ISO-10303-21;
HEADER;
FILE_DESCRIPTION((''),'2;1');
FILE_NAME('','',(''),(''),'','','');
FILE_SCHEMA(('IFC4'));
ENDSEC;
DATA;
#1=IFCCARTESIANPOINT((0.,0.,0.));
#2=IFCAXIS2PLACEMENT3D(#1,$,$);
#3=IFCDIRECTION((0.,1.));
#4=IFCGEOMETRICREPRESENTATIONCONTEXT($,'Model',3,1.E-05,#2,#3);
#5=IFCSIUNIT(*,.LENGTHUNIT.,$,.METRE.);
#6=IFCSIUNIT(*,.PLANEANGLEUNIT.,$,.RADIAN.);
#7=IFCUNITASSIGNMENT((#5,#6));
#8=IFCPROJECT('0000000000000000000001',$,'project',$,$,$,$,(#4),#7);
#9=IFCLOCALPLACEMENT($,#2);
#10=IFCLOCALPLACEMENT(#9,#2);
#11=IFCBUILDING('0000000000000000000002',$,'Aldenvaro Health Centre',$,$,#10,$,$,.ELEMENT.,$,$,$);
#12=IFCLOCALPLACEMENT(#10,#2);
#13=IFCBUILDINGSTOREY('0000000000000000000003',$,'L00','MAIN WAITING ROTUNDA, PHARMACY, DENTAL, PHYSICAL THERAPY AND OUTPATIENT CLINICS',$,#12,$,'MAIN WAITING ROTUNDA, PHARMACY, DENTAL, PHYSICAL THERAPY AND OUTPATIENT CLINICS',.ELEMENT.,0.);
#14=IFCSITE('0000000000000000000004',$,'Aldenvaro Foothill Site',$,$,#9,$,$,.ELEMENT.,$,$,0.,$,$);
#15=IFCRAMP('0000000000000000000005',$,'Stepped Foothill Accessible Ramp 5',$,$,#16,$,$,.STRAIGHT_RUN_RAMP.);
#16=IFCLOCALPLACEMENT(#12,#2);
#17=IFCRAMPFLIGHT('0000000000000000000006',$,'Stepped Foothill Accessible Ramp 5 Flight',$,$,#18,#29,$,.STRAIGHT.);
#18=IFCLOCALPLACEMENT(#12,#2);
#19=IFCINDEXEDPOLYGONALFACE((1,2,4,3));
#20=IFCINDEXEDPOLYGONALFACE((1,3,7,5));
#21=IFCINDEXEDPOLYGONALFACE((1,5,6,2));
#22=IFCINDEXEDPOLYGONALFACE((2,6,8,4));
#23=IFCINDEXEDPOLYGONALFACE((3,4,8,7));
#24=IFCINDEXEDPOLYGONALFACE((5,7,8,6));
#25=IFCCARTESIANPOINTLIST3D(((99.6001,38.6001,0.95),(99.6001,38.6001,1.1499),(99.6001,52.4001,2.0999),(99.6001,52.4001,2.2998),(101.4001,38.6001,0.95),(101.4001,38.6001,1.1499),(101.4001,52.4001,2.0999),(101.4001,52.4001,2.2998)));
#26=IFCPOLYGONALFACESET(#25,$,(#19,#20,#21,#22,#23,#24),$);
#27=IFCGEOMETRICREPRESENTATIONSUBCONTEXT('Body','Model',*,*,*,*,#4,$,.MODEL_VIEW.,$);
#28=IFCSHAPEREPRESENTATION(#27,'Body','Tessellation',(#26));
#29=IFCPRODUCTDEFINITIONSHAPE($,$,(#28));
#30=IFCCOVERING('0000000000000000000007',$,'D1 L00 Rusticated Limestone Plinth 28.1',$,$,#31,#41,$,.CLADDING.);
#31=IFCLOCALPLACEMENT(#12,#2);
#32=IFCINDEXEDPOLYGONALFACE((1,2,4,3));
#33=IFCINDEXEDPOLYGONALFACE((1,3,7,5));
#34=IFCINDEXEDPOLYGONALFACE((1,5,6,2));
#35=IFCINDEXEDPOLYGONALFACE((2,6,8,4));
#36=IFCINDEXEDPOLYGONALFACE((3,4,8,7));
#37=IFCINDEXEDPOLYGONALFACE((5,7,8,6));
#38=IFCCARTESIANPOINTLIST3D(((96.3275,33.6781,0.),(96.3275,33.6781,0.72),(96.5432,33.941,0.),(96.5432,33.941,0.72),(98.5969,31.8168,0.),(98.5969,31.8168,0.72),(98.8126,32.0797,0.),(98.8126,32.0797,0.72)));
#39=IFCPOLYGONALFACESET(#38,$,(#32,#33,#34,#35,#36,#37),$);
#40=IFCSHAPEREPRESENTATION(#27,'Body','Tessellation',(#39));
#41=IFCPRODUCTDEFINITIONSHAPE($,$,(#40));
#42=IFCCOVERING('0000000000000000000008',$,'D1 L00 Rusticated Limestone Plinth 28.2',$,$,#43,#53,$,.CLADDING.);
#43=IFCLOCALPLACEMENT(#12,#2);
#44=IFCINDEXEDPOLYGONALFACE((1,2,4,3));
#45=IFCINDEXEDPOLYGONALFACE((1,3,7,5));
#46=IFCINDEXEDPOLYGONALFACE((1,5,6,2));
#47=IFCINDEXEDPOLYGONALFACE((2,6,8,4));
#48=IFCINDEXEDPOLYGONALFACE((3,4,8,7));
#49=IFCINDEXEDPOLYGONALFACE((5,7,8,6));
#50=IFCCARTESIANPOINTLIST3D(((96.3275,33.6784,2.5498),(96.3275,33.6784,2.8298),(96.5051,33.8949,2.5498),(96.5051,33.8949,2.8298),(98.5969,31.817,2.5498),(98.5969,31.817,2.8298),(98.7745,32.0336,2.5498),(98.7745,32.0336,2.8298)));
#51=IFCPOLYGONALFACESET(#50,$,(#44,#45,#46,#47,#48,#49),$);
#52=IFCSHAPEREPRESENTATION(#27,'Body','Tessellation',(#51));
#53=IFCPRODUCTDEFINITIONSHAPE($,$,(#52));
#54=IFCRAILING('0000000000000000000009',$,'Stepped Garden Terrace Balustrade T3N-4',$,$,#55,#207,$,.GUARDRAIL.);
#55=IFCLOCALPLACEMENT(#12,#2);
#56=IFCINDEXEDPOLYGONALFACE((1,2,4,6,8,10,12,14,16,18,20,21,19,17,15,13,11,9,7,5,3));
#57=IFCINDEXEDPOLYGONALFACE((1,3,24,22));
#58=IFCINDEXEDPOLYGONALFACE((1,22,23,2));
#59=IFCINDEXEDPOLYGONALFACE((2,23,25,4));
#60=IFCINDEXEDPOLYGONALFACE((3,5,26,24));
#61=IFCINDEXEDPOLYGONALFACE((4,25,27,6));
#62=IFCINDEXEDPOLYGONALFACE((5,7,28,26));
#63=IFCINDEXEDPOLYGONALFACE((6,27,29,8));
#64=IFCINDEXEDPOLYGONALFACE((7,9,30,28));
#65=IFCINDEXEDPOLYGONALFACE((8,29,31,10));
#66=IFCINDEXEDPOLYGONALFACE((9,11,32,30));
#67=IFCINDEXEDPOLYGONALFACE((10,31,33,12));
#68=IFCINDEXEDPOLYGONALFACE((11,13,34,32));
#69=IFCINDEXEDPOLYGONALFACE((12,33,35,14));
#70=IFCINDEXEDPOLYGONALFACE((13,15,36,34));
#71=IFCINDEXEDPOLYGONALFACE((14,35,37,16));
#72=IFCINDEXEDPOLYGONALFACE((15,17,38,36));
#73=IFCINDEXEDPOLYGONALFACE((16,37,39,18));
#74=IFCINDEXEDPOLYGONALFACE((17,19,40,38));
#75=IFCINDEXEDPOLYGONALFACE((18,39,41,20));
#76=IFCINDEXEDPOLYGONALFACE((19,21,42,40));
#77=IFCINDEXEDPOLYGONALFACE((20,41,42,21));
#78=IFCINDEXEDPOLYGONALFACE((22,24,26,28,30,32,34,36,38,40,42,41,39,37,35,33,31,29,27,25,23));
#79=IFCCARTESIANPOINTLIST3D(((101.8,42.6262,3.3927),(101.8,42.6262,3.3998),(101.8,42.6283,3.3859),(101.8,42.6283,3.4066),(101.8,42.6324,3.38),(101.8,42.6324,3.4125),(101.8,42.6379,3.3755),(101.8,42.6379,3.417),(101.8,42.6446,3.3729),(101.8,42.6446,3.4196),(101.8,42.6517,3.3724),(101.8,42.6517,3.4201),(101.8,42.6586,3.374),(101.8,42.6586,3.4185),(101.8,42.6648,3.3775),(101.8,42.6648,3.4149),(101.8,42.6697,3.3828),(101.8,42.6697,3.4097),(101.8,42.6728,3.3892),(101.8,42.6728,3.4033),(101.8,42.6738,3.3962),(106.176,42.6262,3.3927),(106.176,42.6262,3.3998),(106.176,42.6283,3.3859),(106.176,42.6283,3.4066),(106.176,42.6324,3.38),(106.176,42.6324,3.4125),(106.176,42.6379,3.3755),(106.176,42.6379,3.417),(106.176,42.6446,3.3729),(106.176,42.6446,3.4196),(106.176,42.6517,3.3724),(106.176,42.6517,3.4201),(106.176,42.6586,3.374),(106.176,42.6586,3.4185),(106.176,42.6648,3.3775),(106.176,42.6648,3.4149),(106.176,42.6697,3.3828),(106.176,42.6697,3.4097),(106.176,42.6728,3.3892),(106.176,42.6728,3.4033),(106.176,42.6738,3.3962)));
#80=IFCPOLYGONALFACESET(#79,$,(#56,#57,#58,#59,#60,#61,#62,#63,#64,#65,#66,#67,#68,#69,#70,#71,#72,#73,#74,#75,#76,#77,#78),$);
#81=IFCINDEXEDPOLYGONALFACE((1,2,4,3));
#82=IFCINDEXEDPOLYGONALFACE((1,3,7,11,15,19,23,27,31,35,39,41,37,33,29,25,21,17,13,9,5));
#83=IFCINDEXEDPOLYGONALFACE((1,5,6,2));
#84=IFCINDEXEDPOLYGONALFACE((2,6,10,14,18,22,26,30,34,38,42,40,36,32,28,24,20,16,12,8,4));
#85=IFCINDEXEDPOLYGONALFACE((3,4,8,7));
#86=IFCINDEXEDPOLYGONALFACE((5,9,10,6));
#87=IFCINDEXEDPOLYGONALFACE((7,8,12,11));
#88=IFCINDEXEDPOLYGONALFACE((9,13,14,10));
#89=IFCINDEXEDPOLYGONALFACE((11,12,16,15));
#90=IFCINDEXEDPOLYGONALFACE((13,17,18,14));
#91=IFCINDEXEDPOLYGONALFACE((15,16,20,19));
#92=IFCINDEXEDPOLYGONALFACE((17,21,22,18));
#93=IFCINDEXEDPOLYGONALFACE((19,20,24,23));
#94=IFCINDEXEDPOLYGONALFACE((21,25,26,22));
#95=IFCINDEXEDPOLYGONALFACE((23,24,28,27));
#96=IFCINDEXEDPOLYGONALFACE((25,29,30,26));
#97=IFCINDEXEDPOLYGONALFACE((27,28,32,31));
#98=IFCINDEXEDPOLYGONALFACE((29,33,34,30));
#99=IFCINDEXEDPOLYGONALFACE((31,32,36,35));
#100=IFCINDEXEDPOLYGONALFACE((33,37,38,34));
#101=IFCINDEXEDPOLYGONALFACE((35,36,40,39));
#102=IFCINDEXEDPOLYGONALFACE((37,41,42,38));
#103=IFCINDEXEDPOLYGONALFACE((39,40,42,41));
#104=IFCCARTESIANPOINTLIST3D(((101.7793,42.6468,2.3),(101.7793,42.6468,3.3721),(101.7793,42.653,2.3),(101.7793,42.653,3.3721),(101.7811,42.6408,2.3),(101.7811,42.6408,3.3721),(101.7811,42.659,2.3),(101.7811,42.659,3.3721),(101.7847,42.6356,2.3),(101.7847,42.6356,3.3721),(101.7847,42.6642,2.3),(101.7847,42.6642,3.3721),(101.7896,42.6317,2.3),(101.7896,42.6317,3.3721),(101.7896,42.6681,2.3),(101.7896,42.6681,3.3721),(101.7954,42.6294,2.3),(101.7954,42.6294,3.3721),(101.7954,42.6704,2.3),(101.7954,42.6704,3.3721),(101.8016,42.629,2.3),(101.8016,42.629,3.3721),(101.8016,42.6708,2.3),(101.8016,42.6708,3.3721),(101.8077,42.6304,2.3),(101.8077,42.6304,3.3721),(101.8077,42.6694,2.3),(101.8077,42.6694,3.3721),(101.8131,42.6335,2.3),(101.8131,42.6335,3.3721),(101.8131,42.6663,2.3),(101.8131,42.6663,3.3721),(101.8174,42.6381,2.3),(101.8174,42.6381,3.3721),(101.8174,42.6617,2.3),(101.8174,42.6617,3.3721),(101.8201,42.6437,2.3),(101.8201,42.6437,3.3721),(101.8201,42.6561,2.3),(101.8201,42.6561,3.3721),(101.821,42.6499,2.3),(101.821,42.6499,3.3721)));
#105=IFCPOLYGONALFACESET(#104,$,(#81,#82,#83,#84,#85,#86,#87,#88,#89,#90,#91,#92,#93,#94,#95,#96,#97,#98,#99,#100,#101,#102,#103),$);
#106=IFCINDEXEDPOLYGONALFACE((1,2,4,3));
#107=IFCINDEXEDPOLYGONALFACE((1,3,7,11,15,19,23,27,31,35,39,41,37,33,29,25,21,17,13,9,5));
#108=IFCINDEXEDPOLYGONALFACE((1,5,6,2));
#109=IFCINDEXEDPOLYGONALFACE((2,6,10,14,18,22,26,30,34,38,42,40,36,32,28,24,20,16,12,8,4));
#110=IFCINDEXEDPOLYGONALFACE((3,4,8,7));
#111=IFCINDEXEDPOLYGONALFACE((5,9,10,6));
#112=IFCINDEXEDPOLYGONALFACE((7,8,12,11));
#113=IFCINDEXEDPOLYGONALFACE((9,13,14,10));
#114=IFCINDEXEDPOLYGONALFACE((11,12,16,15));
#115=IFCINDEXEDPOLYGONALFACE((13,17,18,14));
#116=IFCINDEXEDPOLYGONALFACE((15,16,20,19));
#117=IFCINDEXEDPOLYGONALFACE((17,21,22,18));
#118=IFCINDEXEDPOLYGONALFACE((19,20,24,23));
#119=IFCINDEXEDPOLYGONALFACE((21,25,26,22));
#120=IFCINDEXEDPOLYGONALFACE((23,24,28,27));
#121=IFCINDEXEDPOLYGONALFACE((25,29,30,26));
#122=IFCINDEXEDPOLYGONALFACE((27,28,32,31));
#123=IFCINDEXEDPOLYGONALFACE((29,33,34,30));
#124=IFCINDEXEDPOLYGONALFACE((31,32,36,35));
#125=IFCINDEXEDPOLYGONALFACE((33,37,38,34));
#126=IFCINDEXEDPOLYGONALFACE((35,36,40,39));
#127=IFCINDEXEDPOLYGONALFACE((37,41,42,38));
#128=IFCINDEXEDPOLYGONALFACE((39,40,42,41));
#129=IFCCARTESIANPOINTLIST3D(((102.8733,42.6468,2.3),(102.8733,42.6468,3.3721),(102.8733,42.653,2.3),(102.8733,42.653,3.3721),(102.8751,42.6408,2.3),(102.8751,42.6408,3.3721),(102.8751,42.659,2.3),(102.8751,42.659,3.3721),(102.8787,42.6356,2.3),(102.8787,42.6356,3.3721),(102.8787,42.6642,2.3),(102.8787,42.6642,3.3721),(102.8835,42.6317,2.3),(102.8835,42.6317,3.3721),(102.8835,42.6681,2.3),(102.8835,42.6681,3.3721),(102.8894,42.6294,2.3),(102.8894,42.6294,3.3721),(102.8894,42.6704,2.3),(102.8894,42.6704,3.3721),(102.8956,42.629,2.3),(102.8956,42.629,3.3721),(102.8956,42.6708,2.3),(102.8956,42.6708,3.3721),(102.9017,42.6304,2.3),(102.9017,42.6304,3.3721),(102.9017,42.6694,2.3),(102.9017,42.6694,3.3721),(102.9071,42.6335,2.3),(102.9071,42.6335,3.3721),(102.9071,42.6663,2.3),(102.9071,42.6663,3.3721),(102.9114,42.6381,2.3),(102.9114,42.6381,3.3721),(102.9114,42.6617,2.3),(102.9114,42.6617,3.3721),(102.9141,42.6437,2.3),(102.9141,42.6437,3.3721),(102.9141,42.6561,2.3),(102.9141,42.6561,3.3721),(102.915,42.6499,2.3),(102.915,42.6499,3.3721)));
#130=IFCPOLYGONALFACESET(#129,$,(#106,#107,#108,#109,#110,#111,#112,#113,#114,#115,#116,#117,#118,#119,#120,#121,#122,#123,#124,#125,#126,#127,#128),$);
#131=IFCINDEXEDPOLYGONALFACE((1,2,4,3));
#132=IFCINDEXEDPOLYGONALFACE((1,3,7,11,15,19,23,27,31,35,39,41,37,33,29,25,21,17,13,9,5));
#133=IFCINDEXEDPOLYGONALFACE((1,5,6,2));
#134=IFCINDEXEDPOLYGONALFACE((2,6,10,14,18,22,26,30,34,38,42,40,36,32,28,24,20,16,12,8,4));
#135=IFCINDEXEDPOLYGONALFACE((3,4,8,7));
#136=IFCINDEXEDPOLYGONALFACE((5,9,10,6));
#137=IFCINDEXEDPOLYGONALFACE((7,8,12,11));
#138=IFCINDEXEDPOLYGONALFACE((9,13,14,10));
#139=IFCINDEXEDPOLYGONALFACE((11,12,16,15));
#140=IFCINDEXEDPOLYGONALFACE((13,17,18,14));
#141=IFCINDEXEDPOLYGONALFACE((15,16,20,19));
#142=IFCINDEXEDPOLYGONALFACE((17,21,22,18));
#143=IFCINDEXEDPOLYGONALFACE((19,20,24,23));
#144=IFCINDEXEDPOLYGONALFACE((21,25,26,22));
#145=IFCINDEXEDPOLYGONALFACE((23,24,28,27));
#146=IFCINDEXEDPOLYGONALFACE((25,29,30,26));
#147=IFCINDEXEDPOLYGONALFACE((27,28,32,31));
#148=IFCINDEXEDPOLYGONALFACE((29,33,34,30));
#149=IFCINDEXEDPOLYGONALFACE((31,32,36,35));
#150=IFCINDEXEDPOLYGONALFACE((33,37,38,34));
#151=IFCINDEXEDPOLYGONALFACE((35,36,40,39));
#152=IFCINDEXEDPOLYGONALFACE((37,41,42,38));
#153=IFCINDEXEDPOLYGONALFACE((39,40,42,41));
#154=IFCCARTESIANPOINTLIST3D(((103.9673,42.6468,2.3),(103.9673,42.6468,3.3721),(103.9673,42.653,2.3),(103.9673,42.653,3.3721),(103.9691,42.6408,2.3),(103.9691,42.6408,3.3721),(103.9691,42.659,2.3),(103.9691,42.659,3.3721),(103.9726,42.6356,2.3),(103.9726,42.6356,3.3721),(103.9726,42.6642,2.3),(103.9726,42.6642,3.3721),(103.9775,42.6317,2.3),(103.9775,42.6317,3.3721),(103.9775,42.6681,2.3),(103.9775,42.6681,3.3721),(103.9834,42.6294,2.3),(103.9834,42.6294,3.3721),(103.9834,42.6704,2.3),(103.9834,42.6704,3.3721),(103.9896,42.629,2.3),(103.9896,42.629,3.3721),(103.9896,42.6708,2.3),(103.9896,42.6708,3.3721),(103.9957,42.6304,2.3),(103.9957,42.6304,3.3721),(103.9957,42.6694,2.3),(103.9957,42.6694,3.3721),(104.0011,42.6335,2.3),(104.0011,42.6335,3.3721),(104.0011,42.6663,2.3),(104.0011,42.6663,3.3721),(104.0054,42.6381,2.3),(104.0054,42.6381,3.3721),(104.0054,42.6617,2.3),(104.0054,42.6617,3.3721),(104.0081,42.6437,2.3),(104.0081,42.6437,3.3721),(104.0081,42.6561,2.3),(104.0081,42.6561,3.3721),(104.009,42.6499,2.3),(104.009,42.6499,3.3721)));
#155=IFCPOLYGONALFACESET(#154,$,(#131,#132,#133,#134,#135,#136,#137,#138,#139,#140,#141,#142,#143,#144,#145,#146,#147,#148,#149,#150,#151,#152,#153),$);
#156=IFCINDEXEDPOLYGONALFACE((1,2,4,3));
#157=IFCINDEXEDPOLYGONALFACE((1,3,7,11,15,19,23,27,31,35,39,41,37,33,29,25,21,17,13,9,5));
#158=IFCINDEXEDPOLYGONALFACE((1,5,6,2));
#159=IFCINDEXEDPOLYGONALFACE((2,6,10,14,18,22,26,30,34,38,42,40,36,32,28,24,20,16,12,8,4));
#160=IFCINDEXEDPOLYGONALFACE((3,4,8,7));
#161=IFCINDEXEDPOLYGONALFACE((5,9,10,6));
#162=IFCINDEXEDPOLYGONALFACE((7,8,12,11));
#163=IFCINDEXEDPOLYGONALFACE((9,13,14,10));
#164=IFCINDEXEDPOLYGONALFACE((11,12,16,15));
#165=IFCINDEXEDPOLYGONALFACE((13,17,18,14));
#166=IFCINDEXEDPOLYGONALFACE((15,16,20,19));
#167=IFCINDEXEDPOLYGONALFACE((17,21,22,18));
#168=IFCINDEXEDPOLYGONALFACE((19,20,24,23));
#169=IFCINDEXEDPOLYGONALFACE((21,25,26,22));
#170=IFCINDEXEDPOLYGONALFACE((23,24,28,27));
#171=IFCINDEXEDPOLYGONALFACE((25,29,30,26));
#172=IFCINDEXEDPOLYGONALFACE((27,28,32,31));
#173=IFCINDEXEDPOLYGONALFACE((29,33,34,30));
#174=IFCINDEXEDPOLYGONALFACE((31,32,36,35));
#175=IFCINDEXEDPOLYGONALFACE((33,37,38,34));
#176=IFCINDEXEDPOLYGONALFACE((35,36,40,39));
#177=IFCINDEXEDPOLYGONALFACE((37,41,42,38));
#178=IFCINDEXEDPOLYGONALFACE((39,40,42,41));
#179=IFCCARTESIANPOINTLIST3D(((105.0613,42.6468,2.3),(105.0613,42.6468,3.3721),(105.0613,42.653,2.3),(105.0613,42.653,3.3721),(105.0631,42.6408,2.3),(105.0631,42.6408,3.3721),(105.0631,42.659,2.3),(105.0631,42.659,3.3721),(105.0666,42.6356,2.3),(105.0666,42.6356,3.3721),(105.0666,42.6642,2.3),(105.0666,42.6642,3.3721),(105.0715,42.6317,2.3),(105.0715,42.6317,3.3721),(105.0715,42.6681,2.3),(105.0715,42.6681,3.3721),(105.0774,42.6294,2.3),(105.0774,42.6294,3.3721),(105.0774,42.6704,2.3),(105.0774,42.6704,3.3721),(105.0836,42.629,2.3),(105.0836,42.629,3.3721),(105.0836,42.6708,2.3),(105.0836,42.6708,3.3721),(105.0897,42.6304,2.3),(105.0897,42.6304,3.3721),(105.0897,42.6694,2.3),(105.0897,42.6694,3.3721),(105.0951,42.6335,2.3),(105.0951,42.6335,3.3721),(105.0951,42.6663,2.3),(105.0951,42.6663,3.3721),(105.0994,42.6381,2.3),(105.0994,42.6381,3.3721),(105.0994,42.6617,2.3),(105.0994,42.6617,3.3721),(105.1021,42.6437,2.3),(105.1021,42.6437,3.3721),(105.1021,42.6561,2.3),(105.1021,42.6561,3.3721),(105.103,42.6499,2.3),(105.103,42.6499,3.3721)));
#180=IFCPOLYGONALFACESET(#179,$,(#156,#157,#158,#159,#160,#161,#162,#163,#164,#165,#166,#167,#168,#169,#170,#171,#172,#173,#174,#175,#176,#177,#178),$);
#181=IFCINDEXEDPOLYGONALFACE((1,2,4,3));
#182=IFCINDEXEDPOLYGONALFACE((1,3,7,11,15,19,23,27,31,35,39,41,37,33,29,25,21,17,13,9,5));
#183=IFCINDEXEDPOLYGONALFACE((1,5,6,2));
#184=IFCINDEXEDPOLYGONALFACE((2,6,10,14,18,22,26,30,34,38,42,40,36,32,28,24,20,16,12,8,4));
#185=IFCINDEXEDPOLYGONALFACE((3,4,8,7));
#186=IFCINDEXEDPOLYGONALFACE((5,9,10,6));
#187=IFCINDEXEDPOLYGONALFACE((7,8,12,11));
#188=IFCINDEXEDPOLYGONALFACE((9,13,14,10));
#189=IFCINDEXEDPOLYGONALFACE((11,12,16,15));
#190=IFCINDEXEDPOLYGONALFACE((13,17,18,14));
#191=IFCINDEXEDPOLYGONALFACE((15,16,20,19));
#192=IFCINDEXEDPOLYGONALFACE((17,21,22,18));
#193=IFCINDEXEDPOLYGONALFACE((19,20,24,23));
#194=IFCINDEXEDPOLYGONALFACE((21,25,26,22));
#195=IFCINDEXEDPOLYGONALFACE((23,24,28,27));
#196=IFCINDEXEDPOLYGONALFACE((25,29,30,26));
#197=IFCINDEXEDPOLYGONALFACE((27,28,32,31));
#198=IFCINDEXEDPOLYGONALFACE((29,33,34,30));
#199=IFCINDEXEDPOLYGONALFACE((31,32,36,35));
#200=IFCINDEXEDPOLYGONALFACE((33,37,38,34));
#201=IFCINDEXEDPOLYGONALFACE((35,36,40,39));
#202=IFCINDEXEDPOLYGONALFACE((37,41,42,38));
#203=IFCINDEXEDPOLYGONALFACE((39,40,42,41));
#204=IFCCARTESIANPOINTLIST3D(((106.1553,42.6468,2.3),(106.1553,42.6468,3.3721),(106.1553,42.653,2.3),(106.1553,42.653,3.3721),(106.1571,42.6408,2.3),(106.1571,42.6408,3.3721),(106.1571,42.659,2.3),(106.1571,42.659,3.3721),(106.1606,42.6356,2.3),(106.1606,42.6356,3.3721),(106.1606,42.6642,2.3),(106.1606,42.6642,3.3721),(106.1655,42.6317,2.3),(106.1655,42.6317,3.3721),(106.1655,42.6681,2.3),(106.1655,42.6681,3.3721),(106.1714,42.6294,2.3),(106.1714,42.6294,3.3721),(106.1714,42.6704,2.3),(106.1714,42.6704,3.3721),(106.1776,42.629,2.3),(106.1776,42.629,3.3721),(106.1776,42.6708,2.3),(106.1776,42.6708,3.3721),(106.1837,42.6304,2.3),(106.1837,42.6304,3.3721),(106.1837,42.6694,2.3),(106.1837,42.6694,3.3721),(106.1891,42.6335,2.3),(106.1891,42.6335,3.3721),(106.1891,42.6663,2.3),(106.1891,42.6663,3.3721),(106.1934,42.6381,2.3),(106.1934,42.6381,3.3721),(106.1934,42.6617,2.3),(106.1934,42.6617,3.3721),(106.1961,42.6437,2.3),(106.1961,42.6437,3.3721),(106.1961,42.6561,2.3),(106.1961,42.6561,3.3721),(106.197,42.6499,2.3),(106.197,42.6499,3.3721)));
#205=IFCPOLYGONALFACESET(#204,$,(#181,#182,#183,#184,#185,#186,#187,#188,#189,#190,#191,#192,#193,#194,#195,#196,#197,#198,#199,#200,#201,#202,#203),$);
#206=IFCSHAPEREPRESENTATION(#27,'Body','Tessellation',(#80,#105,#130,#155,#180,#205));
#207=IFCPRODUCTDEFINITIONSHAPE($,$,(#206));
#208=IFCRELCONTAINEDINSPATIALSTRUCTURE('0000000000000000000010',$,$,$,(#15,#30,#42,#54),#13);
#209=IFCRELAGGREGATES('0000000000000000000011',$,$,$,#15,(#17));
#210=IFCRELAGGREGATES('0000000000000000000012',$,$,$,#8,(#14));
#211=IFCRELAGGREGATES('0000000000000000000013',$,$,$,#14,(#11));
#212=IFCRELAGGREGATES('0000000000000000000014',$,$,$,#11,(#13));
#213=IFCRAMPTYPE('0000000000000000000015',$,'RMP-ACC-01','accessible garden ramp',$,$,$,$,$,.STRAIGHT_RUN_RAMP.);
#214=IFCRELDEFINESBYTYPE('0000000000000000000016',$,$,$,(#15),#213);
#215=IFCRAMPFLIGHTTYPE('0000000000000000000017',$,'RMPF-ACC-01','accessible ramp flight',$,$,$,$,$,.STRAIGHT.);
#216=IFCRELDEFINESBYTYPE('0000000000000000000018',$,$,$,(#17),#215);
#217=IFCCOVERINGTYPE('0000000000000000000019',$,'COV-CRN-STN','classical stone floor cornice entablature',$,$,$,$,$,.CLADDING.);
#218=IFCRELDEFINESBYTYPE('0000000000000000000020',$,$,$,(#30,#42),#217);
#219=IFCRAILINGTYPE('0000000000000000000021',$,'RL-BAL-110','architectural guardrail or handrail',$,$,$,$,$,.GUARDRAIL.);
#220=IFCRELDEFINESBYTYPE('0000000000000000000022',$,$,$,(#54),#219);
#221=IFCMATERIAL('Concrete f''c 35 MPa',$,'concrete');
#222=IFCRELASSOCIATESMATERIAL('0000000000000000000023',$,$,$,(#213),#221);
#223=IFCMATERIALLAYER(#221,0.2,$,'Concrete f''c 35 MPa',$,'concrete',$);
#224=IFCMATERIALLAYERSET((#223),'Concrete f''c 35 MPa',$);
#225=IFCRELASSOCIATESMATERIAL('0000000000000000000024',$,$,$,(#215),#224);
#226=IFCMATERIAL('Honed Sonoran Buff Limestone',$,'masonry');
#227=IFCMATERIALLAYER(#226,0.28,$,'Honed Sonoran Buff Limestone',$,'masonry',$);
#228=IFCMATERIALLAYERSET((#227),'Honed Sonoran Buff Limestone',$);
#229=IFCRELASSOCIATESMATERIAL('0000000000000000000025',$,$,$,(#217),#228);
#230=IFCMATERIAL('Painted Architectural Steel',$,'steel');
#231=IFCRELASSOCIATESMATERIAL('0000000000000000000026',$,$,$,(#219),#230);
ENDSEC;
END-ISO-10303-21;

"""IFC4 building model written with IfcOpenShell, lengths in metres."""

from ifc_helpers import new_model, si_unit, direction, frame, origin, origin_2d, place, context, subcontext, project, spatial, polyline, rectangle, circle, outline, extrude, material, layer, layer_set, type_object, element, aggregate, save


model = new_model("IFC4")

# Units and contexts
model_context = context("Model", 3, precision=1e-05, world=origin(), true_north=direction((0.0, 1.0)))
body_context = subcontext(model_context, "Body", "Model", "MODEL_VIEW")
ifc_project = project(units=[si_unit("LENGTHUNIT", "METRE"), si_unit("PLANEANGLEUNIT", "RADIAN")], contexts=[model_context])

# Site, building, storey
site_placement = place(None, origin())
site = spatial("IfcSite", under=ifc_project, at=site_placement, Name="Aldenvaro Foothill Site", CompositionType="ELEMENT", RefElevation=0.0)
building_placement = place(site_placement, origin())
building = spatial("IfcBuilding", under=site, at=building_placement, Name="Aldenvaro Health Centre", CompositionType="ELEMENT")
storey_placement = place(building_placement, origin())
storey = spatial("IfcBuildingStorey", under=building, at=storey_placement, Name="L00", Description="MAIN WAITING ROTUNDA, PHARMACY, DENTAL, PHYSICAL THERAPY AND OUTPATIENT CLINICS", LongName="MAIN WAITING ROTUNDA, PHARMACY, DENTAL, PHYSICAL THERAPY AND OUTPATIENT CLINICS", CompositionType="ELEMENT", Elevation=0.0)

# Ramp, ramp flight
ifc_material_1 = material(Name="Concrete f'c 35 MPa", Category="concrete")
ramp_type = type_object("IfcRampType", Name="RMP-ACC-01", Description="accessible garden ramp", PredefinedType="STRAIGHT_RUN_RAMP", material=ifc_material_1)
ramp_placement = place(storey_placement, origin())
ramp = element("IfcRamp", 1, at=ramp_placement, inside=storey, type_object=ramp_type, Name="Stepped Foothill Accessible Ramp 5", PredefinedType="STRAIGHT_RUN_RAMP")
ifc_layer_1 = layer(ifc_material_1, 0.2, Name="Concrete f'c 35 MPa", Category="concrete")
ifc_layer_set_1 = layer_set([ifc_layer_1], Name="Concrete f'c 35 MPa")
ramp_flight_type = type_object("IfcRampFlightType", Name="RMPF-ACC-01", Description="accessible ramp flight", PredefinedType="STRAIGHT", material=ifc_layer_set_1)
ramp_flight_placement = place(storey_placement, frame((100.5, 38.6001, 1.1499), z_axis=(0.0, 0.0, 1.0), x_axis=(0.0, 1.0, 0.0)))
ramp_flight = element("IfcRampFlight", 2, at=ramp_flight_placement, type_object=ramp_flight_type, Name="Stepped Foothill Accessible Ramp 5 Flight", PredefinedType="STRAIGHT", context=body_context, shape_type="SweptSolid", body=[
    extrude(outline(polyline([(0.0, 0.0), (13.8, 1.1499), (13.8, 0.95), (0.0, -0.2), (0.0, 0.0)])), frame((0.0, 0.8999, 0.0), z_axis=(0.0, -1.0, 0.0), x_axis=(1.0, 0.0, 0.0)), (0.0, 0.0, 1.0), 1.8),
])
aggregate(ramp, [ramp_flight])

# Coverings
ifc_material_2 = material(Name="Honed Sonoran Buff Limestone", Category="masonry")
ifc_layer_2 = layer(ifc_material_2, 0.28, Name="Honed Sonoran Buff Limestone", Category="masonry")
ifc_layer_set_2 = layer_set([ifc_layer_2], Name="Honed Sonoran Buff Limestone")
covering_type = type_object("IfcCoveringType", Name="COV-CRN-STN", Description="classical stone floor cornice entablature", PredefinedType="CLADDING", material=ifc_layer_set_2)
covering_1_placement = place(storey_placement, frame((97.5701, 32.8789, 0.0), z_axis=(0.0, 0.0, 1.0), x_axis=(0.773195, -0.634169, 0.0)))
element("IfcCovering", 3, at=covering_1_placement, inside=storey, type_object=covering_type, Name="D1 L00 Rusticated Limestone Plinth 28.1", PredefinedType="CLADDING", context=body_context, shape_type="SweptSolid", body=[
    extrude(rectangle(XDim=2.9351, YDim=0.3401, at=origin_2d()), origin(), (0.0, 0.0, 1.0), 0.72),
])
covering_2_placement = place(storey_placement, frame((97.551, 32.856, 2.5498), z_axis=(0.0, 0.0, 1.0), x_axis=(0.773195, -0.634169, 0.0)))
element("IfcCovering", 4, at=covering_2_placement, inside=storey, type_object=covering_type, Name="D1 L00 Rusticated Limestone Plinth 28.2", PredefinedType="CLADDING", context=body_context, shape_type="SweptSolid", body=[
    extrude(rectangle(XDim=2.9351, YDim=0.28, at=origin_2d()), origin(), (0.0, 0.0, 1.0), 0.28),
])

# Railing
ifc_material_3 = material(Name="Painted Architectural Steel", Category="steel")
railing_type_1 = type_object("IfcRailingType", Name="RL-BAL-110", Description="architectural guardrail or handrail", PredefinedType="GUARDRAIL", material=ifc_material_3)
railing_1_placement = place(storey_placement, frame((101.8, 42.6499, 2.3)))
element("IfcRailing", 5, at=railing_1_placement, inside=storey, type_object=railing_type_1, Name="Stepped Garden Terrace Balustrade T3N-4", PredefinedType="GUARDRAIL", context=body_context, shape_type="SweptSolid", body=[
    extrude(circle(Radius=0.0239, at=origin_2d()), frame((0.0, 0.0, 1.0962), z_axis=(1.0, 0.0, 0.0), x_axis=(0.0, 1.0, 0.0)), (0.0, 0.0, 1.0), 4.376),
    extrude(circle(Radius=0.021, at=origin_2d()), origin(), (0.0, 0.0, 1.0), 1.072),
    extrude(circle(Radius=0.021, at=origin_2d()), frame((1.094, 0.0, 0.0)), (0.0, 0.0, 1.0), 1.072),
    extrude(circle(Radius=0.021, at=origin_2d()), frame((2.188, 0.0, 0.0)), (0.0, 0.0, 1.0), 1.072),
    extrude(circle(Radius=0.021, at=origin_2d()), frame((3.282, 0.0, 0.0)), (0.0, 0.0, 1.0), 1.072),
    extrude(circle(Radius=0.021, at=origin_2d()), frame((4.376, 0.0, 0.0)), (0.0, 0.0, 1.0), 1.072),
])

save(model, "model.ifc")
